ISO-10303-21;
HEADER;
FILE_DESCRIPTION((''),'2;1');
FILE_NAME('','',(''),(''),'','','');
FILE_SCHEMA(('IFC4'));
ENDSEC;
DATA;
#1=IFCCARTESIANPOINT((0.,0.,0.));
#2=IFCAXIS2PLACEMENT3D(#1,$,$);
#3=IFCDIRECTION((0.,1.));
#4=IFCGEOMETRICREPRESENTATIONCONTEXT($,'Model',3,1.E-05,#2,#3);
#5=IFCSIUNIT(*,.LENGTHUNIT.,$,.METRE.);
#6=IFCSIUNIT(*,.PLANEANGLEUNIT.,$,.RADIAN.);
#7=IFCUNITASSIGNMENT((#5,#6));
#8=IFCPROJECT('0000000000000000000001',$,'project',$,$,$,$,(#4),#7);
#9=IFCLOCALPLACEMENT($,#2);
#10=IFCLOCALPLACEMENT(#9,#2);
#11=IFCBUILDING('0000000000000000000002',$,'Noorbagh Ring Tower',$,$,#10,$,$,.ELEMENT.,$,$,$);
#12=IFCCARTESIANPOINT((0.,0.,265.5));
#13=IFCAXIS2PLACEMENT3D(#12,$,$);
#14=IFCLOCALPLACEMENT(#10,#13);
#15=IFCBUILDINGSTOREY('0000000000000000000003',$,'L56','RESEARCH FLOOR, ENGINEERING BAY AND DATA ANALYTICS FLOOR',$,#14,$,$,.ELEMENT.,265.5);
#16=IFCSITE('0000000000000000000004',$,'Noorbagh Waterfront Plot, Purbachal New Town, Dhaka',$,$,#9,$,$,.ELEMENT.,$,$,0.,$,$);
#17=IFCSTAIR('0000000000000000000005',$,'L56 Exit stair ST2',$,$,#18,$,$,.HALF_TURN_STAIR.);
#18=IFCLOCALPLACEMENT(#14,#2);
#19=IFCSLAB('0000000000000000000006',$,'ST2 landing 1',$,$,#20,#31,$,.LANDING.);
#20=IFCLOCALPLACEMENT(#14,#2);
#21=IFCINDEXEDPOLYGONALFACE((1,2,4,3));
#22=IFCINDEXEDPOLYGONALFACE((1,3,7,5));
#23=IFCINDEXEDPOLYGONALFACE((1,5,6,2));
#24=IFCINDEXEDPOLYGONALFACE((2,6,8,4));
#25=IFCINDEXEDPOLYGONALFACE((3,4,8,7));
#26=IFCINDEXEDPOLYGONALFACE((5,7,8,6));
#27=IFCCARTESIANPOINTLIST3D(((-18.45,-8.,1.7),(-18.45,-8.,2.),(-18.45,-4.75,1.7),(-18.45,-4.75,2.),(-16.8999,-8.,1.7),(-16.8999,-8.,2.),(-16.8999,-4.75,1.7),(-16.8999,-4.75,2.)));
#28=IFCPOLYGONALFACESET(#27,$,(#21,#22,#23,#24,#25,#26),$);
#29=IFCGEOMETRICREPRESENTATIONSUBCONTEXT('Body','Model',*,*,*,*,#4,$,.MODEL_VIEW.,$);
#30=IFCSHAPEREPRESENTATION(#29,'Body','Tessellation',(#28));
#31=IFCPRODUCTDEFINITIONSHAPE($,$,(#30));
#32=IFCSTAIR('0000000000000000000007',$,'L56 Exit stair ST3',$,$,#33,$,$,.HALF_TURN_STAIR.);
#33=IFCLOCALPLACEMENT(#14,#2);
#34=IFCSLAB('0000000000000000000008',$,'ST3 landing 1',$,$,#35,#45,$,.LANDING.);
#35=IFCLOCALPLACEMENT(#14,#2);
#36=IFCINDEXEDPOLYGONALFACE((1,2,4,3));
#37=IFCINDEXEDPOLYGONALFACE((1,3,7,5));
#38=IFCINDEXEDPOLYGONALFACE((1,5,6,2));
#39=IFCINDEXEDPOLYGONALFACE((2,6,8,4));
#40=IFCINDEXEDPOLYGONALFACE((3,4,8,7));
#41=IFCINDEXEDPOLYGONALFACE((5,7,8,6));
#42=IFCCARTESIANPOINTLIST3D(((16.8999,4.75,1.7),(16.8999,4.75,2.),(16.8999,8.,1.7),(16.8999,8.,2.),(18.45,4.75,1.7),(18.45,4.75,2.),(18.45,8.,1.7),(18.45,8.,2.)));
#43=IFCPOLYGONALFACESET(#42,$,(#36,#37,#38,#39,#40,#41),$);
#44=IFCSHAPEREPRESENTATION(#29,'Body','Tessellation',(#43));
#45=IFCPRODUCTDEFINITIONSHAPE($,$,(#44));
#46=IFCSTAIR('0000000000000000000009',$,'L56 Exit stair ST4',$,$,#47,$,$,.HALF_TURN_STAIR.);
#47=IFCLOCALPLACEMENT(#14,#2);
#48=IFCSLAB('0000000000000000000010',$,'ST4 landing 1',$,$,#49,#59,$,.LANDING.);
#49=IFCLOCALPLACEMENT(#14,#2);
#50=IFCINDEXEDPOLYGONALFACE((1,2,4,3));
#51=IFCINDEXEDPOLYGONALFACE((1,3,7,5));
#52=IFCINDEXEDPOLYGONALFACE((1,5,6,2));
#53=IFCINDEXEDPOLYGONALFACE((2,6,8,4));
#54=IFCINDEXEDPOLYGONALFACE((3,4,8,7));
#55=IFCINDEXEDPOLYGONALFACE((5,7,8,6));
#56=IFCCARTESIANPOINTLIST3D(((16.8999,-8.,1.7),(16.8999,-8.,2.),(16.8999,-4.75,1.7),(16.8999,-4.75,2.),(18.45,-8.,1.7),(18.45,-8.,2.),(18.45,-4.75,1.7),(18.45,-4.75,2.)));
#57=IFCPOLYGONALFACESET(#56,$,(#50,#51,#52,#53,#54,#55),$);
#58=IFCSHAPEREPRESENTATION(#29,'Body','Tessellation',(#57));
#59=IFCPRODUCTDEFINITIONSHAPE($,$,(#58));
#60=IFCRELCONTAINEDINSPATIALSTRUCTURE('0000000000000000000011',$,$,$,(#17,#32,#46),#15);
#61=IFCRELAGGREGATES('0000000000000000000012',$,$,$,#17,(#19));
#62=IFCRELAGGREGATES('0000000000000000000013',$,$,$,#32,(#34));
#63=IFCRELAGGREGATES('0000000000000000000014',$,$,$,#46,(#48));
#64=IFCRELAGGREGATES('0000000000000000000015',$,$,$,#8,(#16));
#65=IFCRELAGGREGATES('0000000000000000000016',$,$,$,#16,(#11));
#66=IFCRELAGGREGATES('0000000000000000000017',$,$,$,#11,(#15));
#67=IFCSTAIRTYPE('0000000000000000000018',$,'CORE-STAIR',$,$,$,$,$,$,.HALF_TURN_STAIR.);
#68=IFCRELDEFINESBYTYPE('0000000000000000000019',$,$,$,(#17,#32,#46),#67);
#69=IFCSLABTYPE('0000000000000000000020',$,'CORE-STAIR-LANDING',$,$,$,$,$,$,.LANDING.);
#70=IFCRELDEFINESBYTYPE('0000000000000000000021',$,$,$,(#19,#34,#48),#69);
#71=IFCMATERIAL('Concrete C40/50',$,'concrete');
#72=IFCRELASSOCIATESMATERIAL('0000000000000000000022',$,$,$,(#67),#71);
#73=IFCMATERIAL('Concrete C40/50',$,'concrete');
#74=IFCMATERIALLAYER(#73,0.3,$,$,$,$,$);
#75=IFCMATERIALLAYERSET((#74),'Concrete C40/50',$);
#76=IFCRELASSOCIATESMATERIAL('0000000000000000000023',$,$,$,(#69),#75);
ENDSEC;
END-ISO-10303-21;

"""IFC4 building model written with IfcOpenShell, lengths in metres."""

from ifc_helpers import new_model, si_unit, direction, frame, origin, place, context, subcontext, project, spatial, polyline, outline, extrude, material, layer, layer_set, type_object, element, aggregate, save


model = new_model("IFC4")

# Units and contexts
model_context = context("Model", 3, precision=1e-05, world=origin(), true_north=direction((0.0, 1.0)))
body_context = subcontext(model_context, "Body", "Model", "MODEL_VIEW")
ifc_project = project(units=[si_unit("LENGTHUNIT", "METRE"), si_unit("PLANEANGLEUNIT", "RADIAN")], contexts=[model_context])

# Site, building, storey
site_placement = place(None, origin())
site = spatial("IfcSite", under=ifc_project, at=site_placement, Name="Noorbagh Waterfront Plot, Purbachal New Town, Dhaka", CompositionType="ELEMENT", RefElevation=0.0)
building_placement = place(site_placement, origin())
building = spatial("IfcBuilding", under=site, at=building_placement, Name="Noorbagh Ring Tower", CompositionType="ELEMENT")
storey_placement = place(building_placement, frame((0.0, 0.0, 265.5)))
storey = spatial("IfcBuildingStorey", under=building, at=storey_placement, Name="L56", Description="RESEARCH FLOOR, ENGINEERING BAY AND DATA ANALYTICS FLOOR", CompositionType="ELEMENT", Elevation=265.5)

# Stairs, slabs
ifc_material_1 = material(Name="Concrete C40/50", Category="concrete")
stair_type = type_object("IfcStairType", Name="CORE-STAIR", PredefinedType="HALF_TURN_STAIR", material=ifc_material_1)
ifc_material_2 = material(Name="Concrete C40/50", Category="concrete")
ifc_layer_1 = layer(ifc_material_2, 0.3)
ifc_layer_set_1 = layer_set([ifc_layer_1], Name="Concrete C40/50")
slab_type_1 = type_object("IfcSlabType", Name="CORE-STAIR-LANDING", PredefinedType="LANDING", material=ifc_layer_set_1)
stair_1_placement = place(storey_placement, origin())
stair_1 = element("IfcStair", 1, at=stair_1_placement, inside=storey, type_object=stair_type, Name="L56 Exit stair ST2", PredefinedType="HALF_TURN_STAIR")
slab_1_placement = place(storey_placement, frame((0.0, 0.0, 1.7)))
slab_1 = element("IfcSlab", 2, at=slab_1_placement, type_object=slab_type_1, Name="ST2 landing 1", PredefinedType="LANDING", context=body_context, shape_type="SweptSolid", body=[
    extrude(outline(polyline([(-18.45, -8.0), (-16.8999, -8.0), (-16.8999, -4.75), (-18.45, -4.75), (-18.45, -8.0)])), origin(), (0.0, 0.0, 1.0), 0.3),
])
aggregate(stair_1, [slab_1])
stair_2_placement = place(storey_placement, origin())
stair_2 = element("IfcStair", 3, at=stair_2_placement, inside=storey, type_object=stair_type, Name="L56 Exit stair ST3", PredefinedType="HALF_TURN_STAIR")
slab_2_placement = place(storey_placement, frame((0.0, 0.0, 1.7)))
slab_2 = element("IfcSlab", 4, at=slab_2_placement, type_object=slab_type_1, Name="ST3 landing 1", PredefinedType="LANDING", context=body_context, shape_type="SweptSolid", body=[
    extrude(outline(polyline([(18.45, 8.0), (16.8999, 8.0), (16.8999, 4.75), (18.45, 4.75), (18.45, 8.0)])), origin(), (0.0, 0.0, 1.0), 0.3),
])
aggregate(stair_2, [slab_2])
stair_3_placement = place(storey_placement, origin())
stair_3 = element("IfcStair", 5, at=stair_3_placement, inside=storey, type_object=stair_type, Name="L56 Exit stair ST4", PredefinedType="HALF_TURN_STAIR")
slab_3_placement = place(storey_placement, frame((0.0, 0.0, 1.7)))
slab_3 = element("IfcSlab", 6, at=slab_3_placement, type_object=slab_type_1, Name="ST4 landing 1", PredefinedType="LANDING", context=body_context, shape_type="SweptSolid", body=[
    extrude(outline(polyline([(18.45, -4.75), (16.8999, -4.75), (16.8999, -8.0), (18.45, -8.0), (18.45, -4.75)])), origin(), (0.0, 0.0, 1.0), 0.3),
])
aggregate(stair_3, [slab_3])

save(model, "model.ifc")
